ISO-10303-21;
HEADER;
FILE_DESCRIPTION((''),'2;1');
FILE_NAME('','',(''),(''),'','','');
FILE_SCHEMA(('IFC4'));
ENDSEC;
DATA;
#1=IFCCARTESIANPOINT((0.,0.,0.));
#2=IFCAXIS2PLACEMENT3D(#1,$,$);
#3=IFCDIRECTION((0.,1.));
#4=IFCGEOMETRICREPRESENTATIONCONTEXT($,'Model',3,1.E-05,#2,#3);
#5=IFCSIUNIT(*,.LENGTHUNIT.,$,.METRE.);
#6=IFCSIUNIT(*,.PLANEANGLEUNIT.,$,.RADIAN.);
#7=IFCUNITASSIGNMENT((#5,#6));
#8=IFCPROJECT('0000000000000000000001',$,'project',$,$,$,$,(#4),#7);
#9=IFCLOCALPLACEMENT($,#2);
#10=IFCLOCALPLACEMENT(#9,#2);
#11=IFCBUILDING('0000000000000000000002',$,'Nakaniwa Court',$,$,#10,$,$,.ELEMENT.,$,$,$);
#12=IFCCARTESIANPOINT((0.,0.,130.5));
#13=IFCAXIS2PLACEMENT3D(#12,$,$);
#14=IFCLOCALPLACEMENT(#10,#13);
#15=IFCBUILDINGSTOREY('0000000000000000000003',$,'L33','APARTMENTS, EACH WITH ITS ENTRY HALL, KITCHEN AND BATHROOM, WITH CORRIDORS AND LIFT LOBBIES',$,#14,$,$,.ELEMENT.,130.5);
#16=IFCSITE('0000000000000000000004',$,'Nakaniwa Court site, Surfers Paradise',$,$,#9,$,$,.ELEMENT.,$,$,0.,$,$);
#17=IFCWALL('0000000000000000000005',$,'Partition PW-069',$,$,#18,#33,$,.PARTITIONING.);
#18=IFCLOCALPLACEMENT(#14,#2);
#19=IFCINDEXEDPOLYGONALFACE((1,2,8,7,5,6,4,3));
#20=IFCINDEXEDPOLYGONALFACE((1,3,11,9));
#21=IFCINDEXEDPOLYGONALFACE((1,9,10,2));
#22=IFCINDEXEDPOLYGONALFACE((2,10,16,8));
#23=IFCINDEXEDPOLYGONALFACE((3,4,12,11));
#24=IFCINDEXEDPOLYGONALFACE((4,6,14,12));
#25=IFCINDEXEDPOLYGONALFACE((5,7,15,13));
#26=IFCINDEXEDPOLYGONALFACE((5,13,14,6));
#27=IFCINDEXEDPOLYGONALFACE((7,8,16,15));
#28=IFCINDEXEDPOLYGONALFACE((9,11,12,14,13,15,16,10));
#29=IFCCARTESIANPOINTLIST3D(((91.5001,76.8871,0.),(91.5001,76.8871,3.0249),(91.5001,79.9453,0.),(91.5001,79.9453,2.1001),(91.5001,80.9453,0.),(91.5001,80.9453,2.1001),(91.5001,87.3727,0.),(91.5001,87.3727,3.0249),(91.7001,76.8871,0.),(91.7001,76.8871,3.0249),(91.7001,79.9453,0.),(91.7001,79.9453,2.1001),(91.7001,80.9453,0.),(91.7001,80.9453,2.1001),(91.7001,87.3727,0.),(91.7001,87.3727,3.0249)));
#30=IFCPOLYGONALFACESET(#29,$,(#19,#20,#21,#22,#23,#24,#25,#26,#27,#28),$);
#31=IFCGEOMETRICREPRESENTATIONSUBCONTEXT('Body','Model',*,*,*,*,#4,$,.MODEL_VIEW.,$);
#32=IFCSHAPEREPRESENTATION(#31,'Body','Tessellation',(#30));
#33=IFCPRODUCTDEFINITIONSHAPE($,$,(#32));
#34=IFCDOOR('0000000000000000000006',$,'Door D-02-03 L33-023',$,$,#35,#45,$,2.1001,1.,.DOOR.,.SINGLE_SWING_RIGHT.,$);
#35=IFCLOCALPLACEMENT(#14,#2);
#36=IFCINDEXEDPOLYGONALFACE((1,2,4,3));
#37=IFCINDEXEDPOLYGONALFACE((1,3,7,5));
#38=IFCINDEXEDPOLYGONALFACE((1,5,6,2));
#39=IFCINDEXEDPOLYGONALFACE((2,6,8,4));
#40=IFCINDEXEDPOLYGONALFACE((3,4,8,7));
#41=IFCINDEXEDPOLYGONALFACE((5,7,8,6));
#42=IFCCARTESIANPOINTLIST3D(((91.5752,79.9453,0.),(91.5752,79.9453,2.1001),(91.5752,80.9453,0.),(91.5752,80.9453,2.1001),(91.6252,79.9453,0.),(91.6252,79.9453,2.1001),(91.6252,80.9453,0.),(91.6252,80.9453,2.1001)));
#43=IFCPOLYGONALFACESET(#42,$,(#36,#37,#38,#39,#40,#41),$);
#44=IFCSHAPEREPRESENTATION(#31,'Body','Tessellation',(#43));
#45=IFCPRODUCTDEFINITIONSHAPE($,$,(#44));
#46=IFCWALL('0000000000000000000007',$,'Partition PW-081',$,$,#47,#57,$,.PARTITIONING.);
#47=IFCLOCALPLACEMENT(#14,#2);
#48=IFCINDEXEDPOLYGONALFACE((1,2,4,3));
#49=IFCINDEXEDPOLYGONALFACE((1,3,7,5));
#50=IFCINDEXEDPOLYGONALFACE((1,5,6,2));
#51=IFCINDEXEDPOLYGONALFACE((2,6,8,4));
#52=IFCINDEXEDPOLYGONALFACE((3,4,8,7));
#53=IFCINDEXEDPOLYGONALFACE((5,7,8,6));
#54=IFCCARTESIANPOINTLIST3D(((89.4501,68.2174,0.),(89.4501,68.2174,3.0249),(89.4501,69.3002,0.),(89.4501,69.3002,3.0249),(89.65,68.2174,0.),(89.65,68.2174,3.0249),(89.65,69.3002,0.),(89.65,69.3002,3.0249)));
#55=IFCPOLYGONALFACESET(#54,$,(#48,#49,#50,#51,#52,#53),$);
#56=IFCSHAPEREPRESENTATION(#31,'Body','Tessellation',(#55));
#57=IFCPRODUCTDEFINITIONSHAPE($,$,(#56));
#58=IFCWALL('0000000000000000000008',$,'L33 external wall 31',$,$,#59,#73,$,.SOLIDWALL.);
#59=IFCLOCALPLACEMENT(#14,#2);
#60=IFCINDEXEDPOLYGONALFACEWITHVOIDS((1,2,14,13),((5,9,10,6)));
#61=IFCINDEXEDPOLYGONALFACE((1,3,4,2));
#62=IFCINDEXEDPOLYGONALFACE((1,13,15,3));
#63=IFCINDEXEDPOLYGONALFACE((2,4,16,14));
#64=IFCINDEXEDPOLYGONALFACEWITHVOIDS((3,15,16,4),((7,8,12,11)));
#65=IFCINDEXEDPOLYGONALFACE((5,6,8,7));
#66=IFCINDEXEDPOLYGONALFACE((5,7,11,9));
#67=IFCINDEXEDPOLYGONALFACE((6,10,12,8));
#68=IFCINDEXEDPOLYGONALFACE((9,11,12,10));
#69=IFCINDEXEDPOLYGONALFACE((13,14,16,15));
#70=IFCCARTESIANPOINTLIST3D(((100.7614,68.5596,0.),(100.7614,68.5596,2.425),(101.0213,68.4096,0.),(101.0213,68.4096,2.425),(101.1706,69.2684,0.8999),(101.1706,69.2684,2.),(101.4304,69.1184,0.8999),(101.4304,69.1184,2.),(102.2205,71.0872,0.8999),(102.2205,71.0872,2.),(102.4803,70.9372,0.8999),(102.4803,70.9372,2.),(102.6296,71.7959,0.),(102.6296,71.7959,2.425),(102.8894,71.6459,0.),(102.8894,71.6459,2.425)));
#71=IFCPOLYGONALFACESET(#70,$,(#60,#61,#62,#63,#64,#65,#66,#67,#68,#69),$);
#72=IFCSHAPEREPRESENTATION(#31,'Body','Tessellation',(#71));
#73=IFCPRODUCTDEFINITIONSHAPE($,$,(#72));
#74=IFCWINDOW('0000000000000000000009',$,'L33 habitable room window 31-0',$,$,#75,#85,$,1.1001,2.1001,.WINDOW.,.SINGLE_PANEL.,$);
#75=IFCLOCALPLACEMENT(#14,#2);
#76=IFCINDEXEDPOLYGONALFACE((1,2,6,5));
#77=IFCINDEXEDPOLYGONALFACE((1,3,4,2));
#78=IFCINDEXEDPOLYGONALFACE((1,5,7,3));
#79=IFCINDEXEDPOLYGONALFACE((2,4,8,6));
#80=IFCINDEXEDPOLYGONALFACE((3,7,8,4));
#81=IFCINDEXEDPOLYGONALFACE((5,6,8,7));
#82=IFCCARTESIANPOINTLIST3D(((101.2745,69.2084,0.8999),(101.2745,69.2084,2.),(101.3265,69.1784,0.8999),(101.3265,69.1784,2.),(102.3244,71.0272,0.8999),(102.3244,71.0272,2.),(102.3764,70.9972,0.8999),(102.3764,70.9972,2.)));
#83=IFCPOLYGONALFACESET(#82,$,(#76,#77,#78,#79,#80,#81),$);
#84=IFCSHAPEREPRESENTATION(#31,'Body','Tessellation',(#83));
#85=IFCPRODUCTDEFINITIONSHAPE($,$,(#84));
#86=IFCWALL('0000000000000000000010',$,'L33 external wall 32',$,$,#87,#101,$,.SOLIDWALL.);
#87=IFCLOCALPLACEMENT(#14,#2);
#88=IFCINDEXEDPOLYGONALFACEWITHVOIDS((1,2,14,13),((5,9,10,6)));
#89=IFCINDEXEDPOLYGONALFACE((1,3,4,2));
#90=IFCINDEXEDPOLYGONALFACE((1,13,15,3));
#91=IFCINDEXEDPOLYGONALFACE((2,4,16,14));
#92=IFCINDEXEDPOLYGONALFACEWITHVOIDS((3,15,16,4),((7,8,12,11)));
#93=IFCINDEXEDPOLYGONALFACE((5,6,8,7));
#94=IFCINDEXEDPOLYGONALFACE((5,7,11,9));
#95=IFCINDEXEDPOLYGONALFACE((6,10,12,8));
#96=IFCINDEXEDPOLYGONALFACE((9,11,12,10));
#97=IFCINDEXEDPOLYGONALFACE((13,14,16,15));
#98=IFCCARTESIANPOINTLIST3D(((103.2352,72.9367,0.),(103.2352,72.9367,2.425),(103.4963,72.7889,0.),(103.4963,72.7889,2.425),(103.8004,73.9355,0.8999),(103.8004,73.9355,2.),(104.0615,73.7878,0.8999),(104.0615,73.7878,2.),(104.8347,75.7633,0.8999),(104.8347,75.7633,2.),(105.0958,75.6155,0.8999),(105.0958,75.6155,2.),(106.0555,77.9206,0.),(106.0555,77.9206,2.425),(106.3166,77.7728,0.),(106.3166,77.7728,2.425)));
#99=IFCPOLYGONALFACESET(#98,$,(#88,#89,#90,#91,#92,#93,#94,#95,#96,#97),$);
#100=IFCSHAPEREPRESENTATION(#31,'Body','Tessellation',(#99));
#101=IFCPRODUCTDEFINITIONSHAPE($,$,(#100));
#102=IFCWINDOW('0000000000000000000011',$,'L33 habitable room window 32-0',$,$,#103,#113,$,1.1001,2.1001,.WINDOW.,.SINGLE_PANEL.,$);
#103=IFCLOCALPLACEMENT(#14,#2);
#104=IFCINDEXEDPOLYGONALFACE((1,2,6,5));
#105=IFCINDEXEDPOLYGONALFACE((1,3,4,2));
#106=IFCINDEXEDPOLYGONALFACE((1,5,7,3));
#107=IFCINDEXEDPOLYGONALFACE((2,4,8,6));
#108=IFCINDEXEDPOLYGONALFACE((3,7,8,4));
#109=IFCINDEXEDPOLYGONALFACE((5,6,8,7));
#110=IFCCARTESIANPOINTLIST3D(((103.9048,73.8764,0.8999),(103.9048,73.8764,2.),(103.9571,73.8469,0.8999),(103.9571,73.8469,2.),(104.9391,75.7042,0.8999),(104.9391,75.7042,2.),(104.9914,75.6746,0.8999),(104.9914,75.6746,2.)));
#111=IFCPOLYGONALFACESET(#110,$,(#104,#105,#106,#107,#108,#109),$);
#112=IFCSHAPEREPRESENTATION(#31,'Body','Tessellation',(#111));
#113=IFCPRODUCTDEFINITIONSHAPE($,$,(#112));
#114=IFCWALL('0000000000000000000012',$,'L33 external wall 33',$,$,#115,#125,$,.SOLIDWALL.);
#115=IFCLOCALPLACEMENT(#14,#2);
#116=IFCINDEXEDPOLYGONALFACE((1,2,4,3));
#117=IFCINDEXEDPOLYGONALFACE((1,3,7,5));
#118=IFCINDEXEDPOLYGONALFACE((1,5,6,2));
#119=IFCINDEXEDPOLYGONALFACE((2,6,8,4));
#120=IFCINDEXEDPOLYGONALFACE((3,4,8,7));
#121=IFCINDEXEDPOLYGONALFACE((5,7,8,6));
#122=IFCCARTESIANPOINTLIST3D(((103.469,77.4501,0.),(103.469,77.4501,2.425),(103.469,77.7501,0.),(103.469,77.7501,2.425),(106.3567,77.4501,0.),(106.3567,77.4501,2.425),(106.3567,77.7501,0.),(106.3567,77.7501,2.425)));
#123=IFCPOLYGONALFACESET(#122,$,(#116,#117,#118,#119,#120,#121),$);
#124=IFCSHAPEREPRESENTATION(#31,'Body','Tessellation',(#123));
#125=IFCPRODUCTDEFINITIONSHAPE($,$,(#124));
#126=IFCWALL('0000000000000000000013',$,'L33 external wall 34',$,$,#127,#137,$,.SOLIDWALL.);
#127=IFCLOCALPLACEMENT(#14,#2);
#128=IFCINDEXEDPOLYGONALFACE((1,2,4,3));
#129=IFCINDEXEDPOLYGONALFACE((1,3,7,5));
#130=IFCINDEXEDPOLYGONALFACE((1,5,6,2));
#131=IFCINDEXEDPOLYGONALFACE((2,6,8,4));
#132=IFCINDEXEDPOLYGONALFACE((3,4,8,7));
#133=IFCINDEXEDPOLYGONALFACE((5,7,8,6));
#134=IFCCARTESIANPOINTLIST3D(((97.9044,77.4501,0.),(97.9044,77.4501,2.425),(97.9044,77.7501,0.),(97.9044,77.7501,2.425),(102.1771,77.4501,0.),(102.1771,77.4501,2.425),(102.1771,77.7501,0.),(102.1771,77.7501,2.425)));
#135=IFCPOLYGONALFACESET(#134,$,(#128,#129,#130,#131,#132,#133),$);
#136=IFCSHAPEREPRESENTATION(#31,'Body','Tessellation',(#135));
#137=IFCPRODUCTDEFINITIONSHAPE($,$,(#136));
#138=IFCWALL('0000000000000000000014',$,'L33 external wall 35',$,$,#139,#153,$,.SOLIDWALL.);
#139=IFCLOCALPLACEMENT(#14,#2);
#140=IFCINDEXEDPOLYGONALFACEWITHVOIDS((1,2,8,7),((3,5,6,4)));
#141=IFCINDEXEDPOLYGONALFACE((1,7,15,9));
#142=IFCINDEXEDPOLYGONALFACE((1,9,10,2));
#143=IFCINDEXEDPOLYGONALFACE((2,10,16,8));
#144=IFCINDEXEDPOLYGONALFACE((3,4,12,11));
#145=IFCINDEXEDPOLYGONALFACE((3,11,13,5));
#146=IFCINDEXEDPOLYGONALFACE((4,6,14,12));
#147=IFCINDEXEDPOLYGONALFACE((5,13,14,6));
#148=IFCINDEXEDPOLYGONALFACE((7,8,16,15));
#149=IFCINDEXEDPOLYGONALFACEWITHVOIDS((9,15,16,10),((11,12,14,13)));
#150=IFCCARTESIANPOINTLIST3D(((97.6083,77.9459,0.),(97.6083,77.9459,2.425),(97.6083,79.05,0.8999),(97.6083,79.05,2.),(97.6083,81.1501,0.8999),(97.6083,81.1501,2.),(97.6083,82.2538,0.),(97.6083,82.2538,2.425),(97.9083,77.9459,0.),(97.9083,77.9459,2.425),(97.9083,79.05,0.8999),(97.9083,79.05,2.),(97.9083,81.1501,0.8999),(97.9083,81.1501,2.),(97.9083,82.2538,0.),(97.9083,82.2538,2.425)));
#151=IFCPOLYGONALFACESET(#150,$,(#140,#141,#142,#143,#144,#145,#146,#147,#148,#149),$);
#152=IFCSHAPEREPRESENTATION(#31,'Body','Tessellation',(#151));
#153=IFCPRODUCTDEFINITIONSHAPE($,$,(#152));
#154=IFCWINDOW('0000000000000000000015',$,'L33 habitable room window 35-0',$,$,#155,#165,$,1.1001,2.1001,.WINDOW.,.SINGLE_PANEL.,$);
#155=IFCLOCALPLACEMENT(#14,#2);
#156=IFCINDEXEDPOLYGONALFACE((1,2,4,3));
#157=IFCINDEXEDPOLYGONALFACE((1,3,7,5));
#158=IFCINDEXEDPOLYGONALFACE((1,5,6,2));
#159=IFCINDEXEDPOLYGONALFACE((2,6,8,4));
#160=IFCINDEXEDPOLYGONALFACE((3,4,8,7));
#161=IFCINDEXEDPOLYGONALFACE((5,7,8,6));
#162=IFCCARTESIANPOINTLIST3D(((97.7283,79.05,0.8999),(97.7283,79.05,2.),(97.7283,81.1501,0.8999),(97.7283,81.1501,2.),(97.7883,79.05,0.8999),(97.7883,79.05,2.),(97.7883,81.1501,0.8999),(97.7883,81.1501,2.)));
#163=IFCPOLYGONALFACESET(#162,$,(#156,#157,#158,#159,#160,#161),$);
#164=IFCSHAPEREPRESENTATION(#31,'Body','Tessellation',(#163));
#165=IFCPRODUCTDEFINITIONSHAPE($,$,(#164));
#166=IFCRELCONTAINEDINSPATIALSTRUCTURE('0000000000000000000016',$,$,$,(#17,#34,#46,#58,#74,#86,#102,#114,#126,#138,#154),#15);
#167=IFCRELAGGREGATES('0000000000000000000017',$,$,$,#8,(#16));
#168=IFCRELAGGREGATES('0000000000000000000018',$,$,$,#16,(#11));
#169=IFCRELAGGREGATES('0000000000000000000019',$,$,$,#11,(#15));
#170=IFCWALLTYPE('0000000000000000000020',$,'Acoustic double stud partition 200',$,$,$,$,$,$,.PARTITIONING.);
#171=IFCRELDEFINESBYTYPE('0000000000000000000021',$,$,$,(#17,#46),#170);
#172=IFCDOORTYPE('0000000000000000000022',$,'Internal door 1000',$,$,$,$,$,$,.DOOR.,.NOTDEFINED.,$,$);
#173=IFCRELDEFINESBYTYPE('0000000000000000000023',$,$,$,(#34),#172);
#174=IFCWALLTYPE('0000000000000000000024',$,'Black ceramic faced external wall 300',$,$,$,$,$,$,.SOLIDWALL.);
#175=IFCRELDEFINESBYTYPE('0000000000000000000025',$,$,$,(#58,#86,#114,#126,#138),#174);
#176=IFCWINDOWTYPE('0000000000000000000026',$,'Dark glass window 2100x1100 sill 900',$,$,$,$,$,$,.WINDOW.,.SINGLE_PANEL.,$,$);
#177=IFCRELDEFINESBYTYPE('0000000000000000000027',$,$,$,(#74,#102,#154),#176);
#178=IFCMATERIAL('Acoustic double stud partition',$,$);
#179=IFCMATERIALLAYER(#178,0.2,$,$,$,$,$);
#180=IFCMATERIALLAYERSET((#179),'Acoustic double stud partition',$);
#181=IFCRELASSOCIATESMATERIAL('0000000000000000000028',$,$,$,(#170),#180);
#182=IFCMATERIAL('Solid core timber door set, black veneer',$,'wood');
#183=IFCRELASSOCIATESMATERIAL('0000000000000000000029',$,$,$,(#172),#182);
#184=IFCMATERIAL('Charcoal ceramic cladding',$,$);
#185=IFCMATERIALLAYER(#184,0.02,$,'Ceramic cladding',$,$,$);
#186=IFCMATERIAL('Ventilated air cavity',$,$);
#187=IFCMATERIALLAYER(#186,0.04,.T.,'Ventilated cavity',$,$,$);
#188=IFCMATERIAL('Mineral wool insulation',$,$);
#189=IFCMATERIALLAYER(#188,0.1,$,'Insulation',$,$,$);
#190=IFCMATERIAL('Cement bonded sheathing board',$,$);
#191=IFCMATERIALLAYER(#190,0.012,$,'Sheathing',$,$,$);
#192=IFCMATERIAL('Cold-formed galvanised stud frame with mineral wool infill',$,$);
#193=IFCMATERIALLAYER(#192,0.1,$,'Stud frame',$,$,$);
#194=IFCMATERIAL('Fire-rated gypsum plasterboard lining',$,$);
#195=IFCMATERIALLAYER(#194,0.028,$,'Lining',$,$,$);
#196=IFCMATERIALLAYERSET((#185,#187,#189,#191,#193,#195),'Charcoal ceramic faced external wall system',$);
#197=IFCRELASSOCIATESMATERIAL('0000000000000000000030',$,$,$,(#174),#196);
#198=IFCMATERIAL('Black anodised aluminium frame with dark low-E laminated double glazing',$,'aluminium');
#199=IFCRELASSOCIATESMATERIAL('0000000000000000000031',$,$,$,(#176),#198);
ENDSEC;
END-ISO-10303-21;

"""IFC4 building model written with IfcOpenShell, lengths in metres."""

from ifc_helpers import new_model, si_unit, direction, frame, frame_2d, origin, place, context, subcontext, project, spatial, rectangle, extrude, material, layer, layer_set, type_object, element, fill, save


model = new_model("IFC4")

# Units and contexts
model_context = context("Model", 3, precision=1e-05, world=origin(), true_north=direction((0.0, 1.0)))
body_context = subcontext(model_context, "Body", "Model", "MODEL_VIEW")
ifc_project = project(units=[si_unit("LENGTHUNIT", "METRE"), si_unit("PLANEANGLEUNIT", "RADIAN")], contexts=[model_context])

# Site, building, storey
site_placement = place(None, origin())
site = spatial("IfcSite", under=ifc_project, at=site_placement, Name="Nakaniwa Court site, Surfers Paradise", CompositionType="ELEMENT", RefElevation=0.0)
building_placement = place(site_placement, origin())
building = spatial("IfcBuilding", under=site, at=building_placement, Name="Nakaniwa Court", CompositionType="ELEMENT")
storey_placement = place(building_placement, frame((0.0, 0.0, 130.5)))
storey = spatial("IfcBuildingStorey", under=building, at=storey_placement, Name="L33", Description="APARTMENTS, EACH WITH ITS ENTRY HALL, KITCHEN AND BATHROOM, WITH CORRIDORS AND LIFT LOBBIES", CompositionType="ELEMENT", Elevation=130.5)

# Shared definitions
ifc_material_1 = material(Name="Acoustic double stud partition")
ifc_layer_1 = layer(ifc_material_1, 0.2)
ifc_layer_set_1 = layer_set([ifc_layer_1], Name="Acoustic double stud partition")
wall_type_1 = type_object("IfcWallType", Name="Acoustic double stud partition 200", PredefinedType="PARTITIONING", material=ifc_layer_set_1)

# Wall, opening, door
wall_1_placement = place(storey_placement, frame((91.6001, 76.8872, 0.0), z_axis=(0.0, 0.0, 1.0), x_axis=(0.0, 1.0, 0.0)))
wall_1 = element("IfcWall", 1, at=wall_1_placement, inside=storey, type_object=wall_type_1, Name="Partition PW-069", PredefinedType="PARTITIONING", context=body_context, shape_type="SweptSolid", body=[
    extrude(rectangle(XDim=10.4856, YDim=0.2, at=frame_2d((5.2427, 0.0))), origin(), (0.0, 0.0, 1.0), 3.0249),
])
opening_1_placement = place(wall_1_placement, frame((3.0581, 0.0, 0.0)))
opening_1 = element("IfcOpeningElement", 2, at=opening_1_placement, cuts=wall_1, PredefinedType="OPENING", context=body_context, shape_type="SweptSolid", body=[
    extrude(rectangle(XDim=1.0, YDim=2.1001, at=frame_2d((0.5, 1.05))), frame((0.0, 0.1099, 0.0), z_axis=(0.0, -1.0, 0.0), x_axis=(1.0, 0.0, 0.0)), (0.0, 0.0, 1.0), 0.22),
])
ifc_material_2 = material(Name="Solid core timber door set, black veneer", Category="wood")
door_type = type_object("IfcDoorType", Name="Internal door 1000", OperationType="NOTDEFINED", PredefinedType="DOOR", material=ifc_material_2)
door_placement = place(opening_1_placement, origin())
door = element("IfcDoor", 3, at=door_placement, inside=storey, type_object=door_type, Name="Door D-02-03 L33-023", OperationType="SINGLE_SWING_RIGHT", OverallHeight=2.1001, OverallWidth=1.0, PredefinedType="DOOR", context=body_context, shape_type="SweptSolid", body=[
    extrude(rectangle(XDim=1.0, YDim=2.1001, at=frame_2d((0.5, 1.05))), frame((0.0, 0.0249, 0.0), z_axis=(0.0, -1.0, 0.0), x_axis=(1.0, 0.0, 0.0)), (0.0, 0.0, 1.0), 0.05),
])
fill(opening_1, door)

# Wall
wall_2_placement = place(storey_placement, frame((89.55, 68.2173, 0.0), z_axis=(0.0, 0.0, 1.0), x_axis=(0.0, 1.0, 0.0)))
element("IfcWall", 4, at=wall_2_placement, inside=storey, type_object=wall_type_1, Name="Partition PW-081", PredefinedType="PARTITIONING", context=body_context, shape_type="SweptSolid", body=[
    extrude(rectangle(XDim=1.0828, YDim=0.2, at=frame_2d((0.5415, 0.0))), origin(), (0.0, 0.0, 1.0), 3.0249),
])

# Walls, openings, windows
ifc_material_3 = material(Name="Charcoal ceramic cladding")
ifc_layer_2 = layer(ifc_material_3, 0.02, Name="Ceramic cladding")
ifc_material_4 = material(Name="Ventilated air cavity")
ifc_layer_3 = layer(ifc_material_4, 0.04, ventilated=True, Name="Ventilated cavity")
ifc_material_5 = material(Name="Mineral wool insulation")
ifc_layer_4 = layer(ifc_material_5, 0.1, Name="Insulation")
ifc_material_6 = material(Name="Cement bonded sheathing board")
ifc_layer_5 = layer(ifc_material_6, 0.012, Name="Sheathing")
ifc_material_7 = material(Name="Cold-formed galvanised stud frame with mineral wool infill")
ifc_layer_6 = layer(ifc_material_7, 0.1, Name="Stud frame")
ifc_material_8 = material(Name="Fire-rated gypsum plasterboard lining")
ifc_layer_7 = layer(ifc_material_8, 0.028, Name="Lining")
ifc_layer_set_2 = layer_set([ifc_layer_2, ifc_layer_3, ifc_layer_4, ifc_layer_5, ifc_layer_6, ifc_layer_7], Name="Charcoal ceramic faced external wall system")
wall_type_2 = type_object("IfcWallType", Name="Black ceramic faced external wall 300", PredefinedType="SOLIDWALL", material=ifc_layer_set_2)
wall_3_placement = place(storey_placement, frame((100.8914, 68.4846, 0.0), z_axis=(0.0, 0.0, 1.0), x_axis=(0.499934, 0.866064, 0.0)))
wall_3 = element("IfcWall", 5, at=wall_3_placement, inside=storey, type_object=wall_type_2, Name="L33 external wall 31", PredefinedType="SOLIDWALL", context=body_context, shape_type="SweptSolid", body=[
    extrude(rectangle(XDim=3.7368, YDim=0.3, at=frame_2d((1.8684, 0.0))), origin(), (0.0, 0.0, 1.0), 2.425),
])
opening_2_placement = place(wall_3_placement, frame((0.8184, 0.0, 0.8999)))
opening_2 = element("IfcOpeningElement", 6, at=opening_2_placement, cuts=wall_3, PredefinedType="OPENING", context=body_context, shape_type="SweptSolid", body=[
    extrude(rectangle(XDim=2.1001, YDim=1.1001, at=frame_2d((1.05, 0.55))), frame((0.0, 0.1599, 0.0), z_axis=(0.0, -1.0, 0.0), x_axis=(1.0, 0.0, 0.0)), (0.0, 0.0, 1.0), 0.3201),
])
ifc_material_9 = material(Name="Black anodised aluminium frame with dark low-E laminated double glazing", Category="aluminium")
window_type = type_object("IfcWindowType", Name="Dark glass window 2100x1100 sill 900", PartitioningType="SINGLE_PANEL", PredefinedType="WINDOW", material=ifc_material_9)
window_1_placement = place(opening_2_placement, origin())
window_1 = element("IfcWindow", 7, at=window_1_placement, inside=storey, type_object=window_type, Name="L33 habitable room window 31-0", OverallHeight=1.1001, OverallWidth=2.1001, PartitioningType="SINGLE_PANEL", PredefinedType="WINDOW", context=body_context, shape_type="SweptSolid", body=[
    extrude(rectangle(XDim=2.1001, YDim=1.1001, at=frame_2d((1.05, 0.55))), frame((0.0, 0.03, 0.0), z_axis=(0.0, -1.0, 0.0), x_axis=(1.0, 0.0, 0.0)), (0.0, 0.0, 1.0), 0.0601),
])
fill(opening_2, window_1)
wall_4_placement = place(storey_placement, frame((103.3657, 72.8628, 0.0), z_axis=(0.0, 0.0, 1.0), x_axis=(0.492498, 0.870313, 0.0)))
wall_4 = element("IfcWall", 8, at=wall_4_placement, inside=storey, type_object=wall_type_2, Name="L33 external wall 32", PredefinedType="SOLIDWALL", context=body_context, shape_type="SweptSolid", body=[
    extrude(rectangle(XDim=5.7266, YDim=0.3, at=frame_2d((2.8633, 0.0))), origin(), (0.0, 0.0, 1.0), 2.425),
])
opening_3_placement = place(wall_4_placement, frame((1.1477, 0.0, 0.8999)))
opening_3 = element("IfcOpeningElement", 9, at=opening_3_placement, cuts=wall_4, PredefinedType="OPENING", context=body_context, shape_type="SweptSolid", body=[
    extrude(rectangle(XDim=2.1001, YDim=1.1001, at=frame_2d((1.05, 0.55))), frame((0.0, 0.1599, 0.0), z_axis=(0.0, -1.0, 0.0), x_axis=(1.0, 0.0, 0.0)), (0.0, 0.0, 1.0), 0.3201),
])
window_2_placement = place(opening_3_placement, origin())
window_2 = element("IfcWindow", 10, at=window_2_placement, inside=storey, type_object=window_type, Name="L33 habitable room window 32-0", OverallHeight=1.1001, OverallWidth=2.1001, PartitioningType="SINGLE_PANEL", PredefinedType="WINDOW", context=body_context, shape_type="SweptSolid", body=[
    extrude(rectangle(XDim=2.1001, YDim=1.1001, at=frame_2d((1.05, 0.55))), frame((0.0, 0.03, 0.0), z_axis=(0.0, -1.0, 0.0), x_axis=(1.0, 0.0, 0.0)), (0.0, 0.0, 1.0), 0.0601),
])
fill(opening_3, window_2)

# Walls
wall_5_placement = place(storey_placement, frame((106.3567, 77.6001, 0.0), z_axis=(0.0, 0.0, 1.0), x_axis=(-1.0, 0.0, 0.0)))
element("IfcWall", 11, at=wall_5_placement, inside=storey, type_object=wall_type_2, Name="L33 external wall 33", PredefinedType="SOLIDWALL", context=body_context, shape_type="SweptSolid", body=[
    extrude(rectangle(XDim=2.8877, YDim=0.3, at=frame_2d((1.4438, 0.0))), origin(), (0.0, 0.0, 1.0), 2.425),
])
wall_6_placement = place(storey_placement, frame((102.177, 77.6001, 0.0), z_axis=(0.0, 0.0, 1.0), x_axis=(-1.0, 0.0, 0.0)))
element("IfcWall", 12, at=wall_6_placement, inside=storey, type_object=wall_type_2, Name="L33 external wall 34", PredefinedType="SOLIDWALL", context=body_context, shape_type="SweptSolid", body=[
    extrude(rectangle(XDim=4.2727, YDim=0.3, at=frame_2d((2.1362, 0.0))), origin(), (0.0, 0.0, 1.0), 2.425),
])

# Wall, opening, window
wall_7_placement = place(storey_placement, frame((97.7583, 77.946, 0.0), z_axis=(0.0, 0.0, 1.0), x_axis=(0.0, 1.0, 0.0)))
wall_7 = element("IfcWall", 13, at=wall_7_placement, inside=storey, type_object=wall_type_2, Name="L33 external wall 35", PredefinedType="SOLIDWALL", context=body_context, shape_type="SweptSolid", body=[
    extrude(rectangle(XDim=4.3079, YDim=0.3, at=frame_2d((2.1538, 0.0))), origin(), (0.0, 0.0, 1.0), 2.425),
])
opening_4_placement = place(wall_7_placement, frame((1.104, 0.0, 0.8999)))
opening_4 = element("IfcOpeningElement", 14, at=opening_4_placement, cuts=wall_7, PredefinedType="OPENING", context=body_context, shape_type="SweptSolid", body=[
    extrude(rectangle(XDim=2.1001, YDim=1.1001, at=frame_2d((1.05, 0.55))), frame((0.0, 0.1599, 0.0), z_axis=(0.0, -1.0, 0.0), x_axis=(1.0, 0.0, 0.0)), (0.0, 0.0, 1.0), 0.3201),
])
window_3_placement = place(opening_4_placement, origin())
window_3 = element("IfcWindow", 15, at=window_3_placement, inside=storey, type_object=window_type, Name="L33 habitable room window 35-0", OverallHeight=1.1001, OverallWidth=2.1001, PartitioningType="SINGLE_PANEL", PredefinedType="WINDOW", context=body_context, shape_type="SweptSolid", body=[
    extrude(rectangle(XDim=2.1001, YDim=1.1001, at=frame_2d((1.05, 0.55))), frame((0.0, 0.03, 0.0), z_axis=(0.0, -1.0, 0.0), x_axis=(1.0, 0.0, 0.0)), (0.0, 0.0, 1.0), 0.0601),
])
fill(opening_4, window_3)

save(model, "model.ifc")
